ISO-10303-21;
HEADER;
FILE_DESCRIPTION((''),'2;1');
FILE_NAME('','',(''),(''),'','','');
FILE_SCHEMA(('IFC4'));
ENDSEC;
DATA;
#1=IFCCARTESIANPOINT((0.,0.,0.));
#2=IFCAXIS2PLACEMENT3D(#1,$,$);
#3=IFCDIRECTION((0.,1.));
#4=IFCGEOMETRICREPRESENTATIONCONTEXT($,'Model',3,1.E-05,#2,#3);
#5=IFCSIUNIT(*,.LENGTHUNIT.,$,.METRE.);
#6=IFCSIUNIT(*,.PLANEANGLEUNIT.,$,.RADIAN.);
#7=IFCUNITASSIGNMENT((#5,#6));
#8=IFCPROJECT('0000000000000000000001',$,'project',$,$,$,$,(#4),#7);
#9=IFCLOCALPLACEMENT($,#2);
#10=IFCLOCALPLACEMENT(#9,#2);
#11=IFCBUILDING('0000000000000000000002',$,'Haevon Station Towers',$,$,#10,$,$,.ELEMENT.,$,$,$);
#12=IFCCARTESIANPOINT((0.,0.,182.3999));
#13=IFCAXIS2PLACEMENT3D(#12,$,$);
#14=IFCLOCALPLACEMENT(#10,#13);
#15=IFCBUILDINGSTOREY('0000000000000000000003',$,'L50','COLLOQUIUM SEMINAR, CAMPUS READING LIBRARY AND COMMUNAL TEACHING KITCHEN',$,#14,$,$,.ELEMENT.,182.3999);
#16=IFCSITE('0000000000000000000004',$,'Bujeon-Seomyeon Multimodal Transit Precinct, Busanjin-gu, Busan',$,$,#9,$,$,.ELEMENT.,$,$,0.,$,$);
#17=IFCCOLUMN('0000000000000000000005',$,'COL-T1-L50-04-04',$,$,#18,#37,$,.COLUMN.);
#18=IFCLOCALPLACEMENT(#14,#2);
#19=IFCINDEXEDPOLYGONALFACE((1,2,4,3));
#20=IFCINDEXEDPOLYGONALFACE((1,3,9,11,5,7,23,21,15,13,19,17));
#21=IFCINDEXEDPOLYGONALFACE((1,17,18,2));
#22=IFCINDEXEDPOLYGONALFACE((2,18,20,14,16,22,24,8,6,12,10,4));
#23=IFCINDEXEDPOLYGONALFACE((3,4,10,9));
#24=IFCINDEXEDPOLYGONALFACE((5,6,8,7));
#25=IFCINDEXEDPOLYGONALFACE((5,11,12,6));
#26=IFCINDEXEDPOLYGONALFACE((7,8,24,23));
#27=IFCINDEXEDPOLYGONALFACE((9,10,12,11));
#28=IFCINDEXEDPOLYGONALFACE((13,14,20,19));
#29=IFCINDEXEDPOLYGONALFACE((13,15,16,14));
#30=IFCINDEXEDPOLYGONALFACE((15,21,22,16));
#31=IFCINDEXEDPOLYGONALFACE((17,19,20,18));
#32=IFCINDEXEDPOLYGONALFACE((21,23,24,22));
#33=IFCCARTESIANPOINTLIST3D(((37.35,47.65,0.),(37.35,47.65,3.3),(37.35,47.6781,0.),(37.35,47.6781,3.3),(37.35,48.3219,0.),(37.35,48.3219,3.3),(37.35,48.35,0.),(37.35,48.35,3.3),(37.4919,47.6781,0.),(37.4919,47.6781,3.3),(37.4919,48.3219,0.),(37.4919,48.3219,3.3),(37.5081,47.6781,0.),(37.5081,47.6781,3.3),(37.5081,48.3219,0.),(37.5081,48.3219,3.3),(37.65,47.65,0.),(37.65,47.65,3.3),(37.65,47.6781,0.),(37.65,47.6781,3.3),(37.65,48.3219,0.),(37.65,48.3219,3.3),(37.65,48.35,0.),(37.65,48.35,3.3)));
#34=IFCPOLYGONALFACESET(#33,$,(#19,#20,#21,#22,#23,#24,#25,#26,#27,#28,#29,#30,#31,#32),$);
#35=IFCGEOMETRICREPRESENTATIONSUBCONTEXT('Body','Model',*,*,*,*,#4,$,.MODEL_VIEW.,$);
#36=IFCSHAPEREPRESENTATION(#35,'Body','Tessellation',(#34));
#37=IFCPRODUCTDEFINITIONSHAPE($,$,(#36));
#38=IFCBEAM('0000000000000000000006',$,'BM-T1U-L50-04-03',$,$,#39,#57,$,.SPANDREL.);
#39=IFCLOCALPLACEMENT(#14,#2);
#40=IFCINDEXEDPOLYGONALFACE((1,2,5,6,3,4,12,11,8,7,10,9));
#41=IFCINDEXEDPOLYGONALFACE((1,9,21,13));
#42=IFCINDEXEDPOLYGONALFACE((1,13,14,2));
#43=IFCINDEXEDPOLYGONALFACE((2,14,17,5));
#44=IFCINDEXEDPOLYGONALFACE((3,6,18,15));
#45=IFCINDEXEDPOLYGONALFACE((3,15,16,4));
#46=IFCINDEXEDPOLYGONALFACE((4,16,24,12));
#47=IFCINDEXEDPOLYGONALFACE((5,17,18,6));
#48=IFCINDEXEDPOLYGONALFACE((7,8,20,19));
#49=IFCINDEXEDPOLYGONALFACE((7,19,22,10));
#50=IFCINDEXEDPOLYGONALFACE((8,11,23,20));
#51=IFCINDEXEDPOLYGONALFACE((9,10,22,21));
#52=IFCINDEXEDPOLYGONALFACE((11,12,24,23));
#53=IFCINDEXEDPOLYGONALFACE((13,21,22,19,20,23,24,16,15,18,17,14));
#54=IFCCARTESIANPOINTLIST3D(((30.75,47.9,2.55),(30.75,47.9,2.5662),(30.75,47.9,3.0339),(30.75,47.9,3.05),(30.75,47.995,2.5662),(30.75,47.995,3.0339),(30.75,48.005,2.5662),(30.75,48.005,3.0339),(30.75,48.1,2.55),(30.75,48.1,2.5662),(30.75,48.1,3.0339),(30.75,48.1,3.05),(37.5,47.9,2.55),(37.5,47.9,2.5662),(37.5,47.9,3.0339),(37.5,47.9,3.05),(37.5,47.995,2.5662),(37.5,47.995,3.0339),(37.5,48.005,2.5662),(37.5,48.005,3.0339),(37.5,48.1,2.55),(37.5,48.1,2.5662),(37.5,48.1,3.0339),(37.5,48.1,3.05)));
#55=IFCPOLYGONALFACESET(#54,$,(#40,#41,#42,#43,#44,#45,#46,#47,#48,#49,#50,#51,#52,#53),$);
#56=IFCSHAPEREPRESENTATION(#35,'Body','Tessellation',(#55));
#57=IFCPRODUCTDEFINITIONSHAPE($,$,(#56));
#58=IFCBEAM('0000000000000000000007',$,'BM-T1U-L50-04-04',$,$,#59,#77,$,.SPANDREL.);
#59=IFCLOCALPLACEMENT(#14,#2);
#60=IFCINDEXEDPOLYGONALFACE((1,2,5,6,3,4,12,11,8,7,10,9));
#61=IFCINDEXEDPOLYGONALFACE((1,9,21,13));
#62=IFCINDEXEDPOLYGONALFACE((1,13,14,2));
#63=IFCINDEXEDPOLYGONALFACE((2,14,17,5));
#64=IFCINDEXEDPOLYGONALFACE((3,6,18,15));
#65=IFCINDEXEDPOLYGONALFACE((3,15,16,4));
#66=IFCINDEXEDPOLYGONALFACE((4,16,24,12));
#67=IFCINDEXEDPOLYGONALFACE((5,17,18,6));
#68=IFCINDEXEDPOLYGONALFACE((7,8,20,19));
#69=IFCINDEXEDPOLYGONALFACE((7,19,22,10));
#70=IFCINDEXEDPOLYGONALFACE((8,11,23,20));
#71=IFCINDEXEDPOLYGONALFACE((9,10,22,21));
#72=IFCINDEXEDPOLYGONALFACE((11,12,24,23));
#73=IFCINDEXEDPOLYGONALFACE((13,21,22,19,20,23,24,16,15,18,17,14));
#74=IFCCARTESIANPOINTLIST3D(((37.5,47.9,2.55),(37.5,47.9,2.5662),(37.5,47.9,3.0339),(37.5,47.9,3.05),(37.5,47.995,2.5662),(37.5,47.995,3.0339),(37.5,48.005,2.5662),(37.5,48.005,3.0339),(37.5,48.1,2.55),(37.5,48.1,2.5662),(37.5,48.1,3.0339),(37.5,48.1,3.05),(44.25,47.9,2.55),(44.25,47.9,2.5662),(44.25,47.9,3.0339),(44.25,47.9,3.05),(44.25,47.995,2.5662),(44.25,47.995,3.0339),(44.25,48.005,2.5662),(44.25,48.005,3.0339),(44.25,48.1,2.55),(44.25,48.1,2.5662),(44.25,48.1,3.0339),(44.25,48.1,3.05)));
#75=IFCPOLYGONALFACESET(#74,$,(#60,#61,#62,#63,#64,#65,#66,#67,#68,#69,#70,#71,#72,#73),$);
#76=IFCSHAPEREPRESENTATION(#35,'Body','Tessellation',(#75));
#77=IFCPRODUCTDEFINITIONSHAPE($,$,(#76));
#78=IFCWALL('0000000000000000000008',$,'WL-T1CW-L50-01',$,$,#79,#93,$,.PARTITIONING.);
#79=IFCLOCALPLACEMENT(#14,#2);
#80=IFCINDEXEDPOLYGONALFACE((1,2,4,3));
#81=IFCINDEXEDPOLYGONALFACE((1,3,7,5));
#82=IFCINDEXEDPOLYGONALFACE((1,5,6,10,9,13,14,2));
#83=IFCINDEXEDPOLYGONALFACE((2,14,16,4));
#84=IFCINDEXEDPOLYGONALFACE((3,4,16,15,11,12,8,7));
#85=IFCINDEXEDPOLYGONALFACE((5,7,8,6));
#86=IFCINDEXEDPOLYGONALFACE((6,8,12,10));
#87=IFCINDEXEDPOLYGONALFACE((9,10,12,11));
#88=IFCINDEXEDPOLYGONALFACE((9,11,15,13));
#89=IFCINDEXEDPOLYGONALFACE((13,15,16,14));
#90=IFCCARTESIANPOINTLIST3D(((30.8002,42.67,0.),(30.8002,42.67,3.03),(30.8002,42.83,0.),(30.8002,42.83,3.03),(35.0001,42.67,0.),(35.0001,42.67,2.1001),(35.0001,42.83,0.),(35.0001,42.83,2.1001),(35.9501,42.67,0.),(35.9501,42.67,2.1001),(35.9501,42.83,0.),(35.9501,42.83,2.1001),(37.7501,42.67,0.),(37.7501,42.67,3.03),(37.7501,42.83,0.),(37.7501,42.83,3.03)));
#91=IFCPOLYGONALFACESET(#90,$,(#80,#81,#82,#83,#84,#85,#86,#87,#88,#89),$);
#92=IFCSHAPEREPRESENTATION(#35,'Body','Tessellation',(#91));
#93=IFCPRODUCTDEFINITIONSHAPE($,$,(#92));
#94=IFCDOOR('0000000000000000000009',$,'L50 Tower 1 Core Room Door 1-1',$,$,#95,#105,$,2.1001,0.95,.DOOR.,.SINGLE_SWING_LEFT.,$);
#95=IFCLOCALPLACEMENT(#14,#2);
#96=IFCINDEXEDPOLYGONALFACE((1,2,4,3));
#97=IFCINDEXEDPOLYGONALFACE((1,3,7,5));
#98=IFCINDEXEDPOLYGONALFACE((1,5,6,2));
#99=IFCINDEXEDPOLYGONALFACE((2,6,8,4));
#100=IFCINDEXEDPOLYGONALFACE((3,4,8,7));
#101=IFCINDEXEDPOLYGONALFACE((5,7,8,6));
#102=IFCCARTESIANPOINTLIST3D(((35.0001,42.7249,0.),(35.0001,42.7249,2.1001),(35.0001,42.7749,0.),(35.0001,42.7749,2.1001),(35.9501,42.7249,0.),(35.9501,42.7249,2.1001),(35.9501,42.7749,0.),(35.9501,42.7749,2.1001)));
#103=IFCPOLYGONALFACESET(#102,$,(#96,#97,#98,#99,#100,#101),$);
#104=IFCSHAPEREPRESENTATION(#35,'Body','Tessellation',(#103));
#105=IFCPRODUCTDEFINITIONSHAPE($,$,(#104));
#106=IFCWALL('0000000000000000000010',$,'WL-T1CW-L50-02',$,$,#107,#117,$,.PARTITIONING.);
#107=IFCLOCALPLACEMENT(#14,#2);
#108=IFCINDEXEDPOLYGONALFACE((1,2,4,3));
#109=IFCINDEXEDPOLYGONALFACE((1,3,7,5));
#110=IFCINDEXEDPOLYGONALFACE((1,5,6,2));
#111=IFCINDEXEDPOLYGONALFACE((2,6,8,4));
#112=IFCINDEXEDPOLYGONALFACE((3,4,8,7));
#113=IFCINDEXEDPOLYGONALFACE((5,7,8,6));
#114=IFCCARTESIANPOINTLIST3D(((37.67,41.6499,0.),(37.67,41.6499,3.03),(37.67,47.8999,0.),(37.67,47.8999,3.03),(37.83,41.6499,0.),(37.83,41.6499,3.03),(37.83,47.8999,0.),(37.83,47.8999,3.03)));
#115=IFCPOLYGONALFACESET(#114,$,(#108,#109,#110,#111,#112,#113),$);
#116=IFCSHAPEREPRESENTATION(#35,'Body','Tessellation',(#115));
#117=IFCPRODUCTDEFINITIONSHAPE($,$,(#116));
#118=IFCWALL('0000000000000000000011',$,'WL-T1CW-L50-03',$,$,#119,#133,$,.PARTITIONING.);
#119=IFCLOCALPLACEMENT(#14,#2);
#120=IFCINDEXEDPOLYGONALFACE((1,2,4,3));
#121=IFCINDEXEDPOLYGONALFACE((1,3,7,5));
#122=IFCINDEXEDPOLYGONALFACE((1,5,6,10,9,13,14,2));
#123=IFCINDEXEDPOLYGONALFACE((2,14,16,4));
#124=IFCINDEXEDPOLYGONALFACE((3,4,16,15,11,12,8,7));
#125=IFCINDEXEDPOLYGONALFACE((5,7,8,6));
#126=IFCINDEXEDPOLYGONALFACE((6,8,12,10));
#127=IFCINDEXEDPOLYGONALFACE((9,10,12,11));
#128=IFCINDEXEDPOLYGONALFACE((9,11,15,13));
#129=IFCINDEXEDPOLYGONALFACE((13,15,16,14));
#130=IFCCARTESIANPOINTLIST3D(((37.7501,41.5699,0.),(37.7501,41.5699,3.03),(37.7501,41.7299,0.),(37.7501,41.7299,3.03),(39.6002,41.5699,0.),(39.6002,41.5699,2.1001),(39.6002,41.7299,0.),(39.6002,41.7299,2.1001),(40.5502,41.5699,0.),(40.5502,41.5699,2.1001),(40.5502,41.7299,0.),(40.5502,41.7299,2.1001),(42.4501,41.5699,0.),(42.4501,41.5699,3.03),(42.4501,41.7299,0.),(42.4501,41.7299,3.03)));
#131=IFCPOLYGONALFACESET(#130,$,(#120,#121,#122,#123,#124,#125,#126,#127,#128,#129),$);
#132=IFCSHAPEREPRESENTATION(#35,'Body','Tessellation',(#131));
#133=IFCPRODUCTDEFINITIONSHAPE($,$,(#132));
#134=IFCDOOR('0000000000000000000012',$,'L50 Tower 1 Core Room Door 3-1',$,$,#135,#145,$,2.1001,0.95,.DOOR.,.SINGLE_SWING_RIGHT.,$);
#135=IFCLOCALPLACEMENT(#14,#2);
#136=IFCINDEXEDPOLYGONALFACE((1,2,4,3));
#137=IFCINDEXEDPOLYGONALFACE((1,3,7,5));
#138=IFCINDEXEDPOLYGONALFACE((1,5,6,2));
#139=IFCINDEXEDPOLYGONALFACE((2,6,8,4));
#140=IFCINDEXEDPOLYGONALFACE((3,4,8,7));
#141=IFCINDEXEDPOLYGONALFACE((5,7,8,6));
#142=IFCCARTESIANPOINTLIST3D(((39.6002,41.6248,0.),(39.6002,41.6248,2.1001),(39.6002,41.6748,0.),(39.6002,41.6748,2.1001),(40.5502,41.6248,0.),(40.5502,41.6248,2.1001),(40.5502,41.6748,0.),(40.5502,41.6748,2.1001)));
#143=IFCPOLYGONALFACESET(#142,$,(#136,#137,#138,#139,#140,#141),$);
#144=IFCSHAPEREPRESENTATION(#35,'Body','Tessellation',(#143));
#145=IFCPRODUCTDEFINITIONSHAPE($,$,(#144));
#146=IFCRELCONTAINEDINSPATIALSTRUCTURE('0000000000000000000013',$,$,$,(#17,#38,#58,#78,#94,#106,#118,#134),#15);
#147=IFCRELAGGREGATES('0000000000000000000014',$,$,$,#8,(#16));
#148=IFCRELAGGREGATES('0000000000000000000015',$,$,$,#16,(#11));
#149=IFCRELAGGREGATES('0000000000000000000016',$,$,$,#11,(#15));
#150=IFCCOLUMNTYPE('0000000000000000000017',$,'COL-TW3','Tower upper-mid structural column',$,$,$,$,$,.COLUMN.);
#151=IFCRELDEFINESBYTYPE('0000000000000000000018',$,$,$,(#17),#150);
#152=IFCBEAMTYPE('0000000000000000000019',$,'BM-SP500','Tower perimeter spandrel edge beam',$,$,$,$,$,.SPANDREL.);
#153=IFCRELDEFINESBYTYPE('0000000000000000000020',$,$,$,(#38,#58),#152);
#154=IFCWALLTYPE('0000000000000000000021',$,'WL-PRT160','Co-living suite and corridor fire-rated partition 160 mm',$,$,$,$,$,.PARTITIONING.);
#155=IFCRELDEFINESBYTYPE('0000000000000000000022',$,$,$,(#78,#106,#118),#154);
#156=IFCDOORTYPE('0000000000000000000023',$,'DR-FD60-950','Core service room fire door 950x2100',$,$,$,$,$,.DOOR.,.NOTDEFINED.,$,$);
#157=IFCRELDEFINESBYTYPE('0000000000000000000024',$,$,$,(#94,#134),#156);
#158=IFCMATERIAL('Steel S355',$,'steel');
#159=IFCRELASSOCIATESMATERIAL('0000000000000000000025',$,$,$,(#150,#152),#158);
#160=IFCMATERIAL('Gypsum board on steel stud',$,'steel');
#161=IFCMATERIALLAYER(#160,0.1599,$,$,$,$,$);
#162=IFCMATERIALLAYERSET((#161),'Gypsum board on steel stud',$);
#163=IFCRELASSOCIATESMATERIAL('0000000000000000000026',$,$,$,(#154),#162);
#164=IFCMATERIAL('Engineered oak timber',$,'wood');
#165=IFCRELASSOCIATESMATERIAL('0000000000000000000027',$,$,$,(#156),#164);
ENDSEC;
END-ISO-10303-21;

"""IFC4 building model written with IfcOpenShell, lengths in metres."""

from ifc_helpers import new_model, si_unit, direction, frame, frame_2d, origin, origin_2d, place, context, subcontext, project, spatial, rectangle, i_section, extrude, material, layer, layer_set, material_profile, profile_set, type_object, element, fill, save


model = new_model("IFC4")

# Units and contexts
model_context = context("Model", 3, precision=1e-05, world=origin(), true_north=direction((0.0, 1.0)))
body_context = subcontext(model_context, "Body", "Model", "MODEL_VIEW")
ifc_project = project(units=[si_unit("LENGTHUNIT", "METRE"), si_unit("PLANEANGLEUNIT", "RADIAN")], contexts=[model_context])

# Site, building, storey
site_placement = place(None, origin())
site = spatial("IfcSite", under=ifc_project, at=site_placement, Name="Bujeon-Seomyeon Multimodal Transit Precinct, Busanjin-gu, Busan", CompositionType="ELEMENT", RefElevation=0.0)
building_placement = place(site_placement, origin())
building = spatial("IfcBuilding", under=site, at=building_placement, Name="Haevon Station Towers", CompositionType="ELEMENT")
storey_placement = place(building_placement, frame((0.0, 0.0, 182.3999)))
storey = spatial("IfcBuildingStorey", under=building, at=storey_placement, Name="L50", Description="COLLOQUIUM SEMINAR, CAMPUS READING LIBRARY AND COMMUNAL TEACHING KITCHEN", CompositionType="ELEMENT", Elevation=182.3999)

# Column
ifc_material_1 = material(Name="Steel S355", Category="steel")
ifc_material_profile_1 = material_profile(ifc_material_1, i_section(OverallWidth=0.3, OverallDepth=0.7, WebThickness=0.0161, FlangeThickness=0.0281, at=origin_2d()), Name="H-700x300x16x28")
ifc_profile_set_1 = profile_set([ifc_material_profile_1], Name="Steel S355")
column_type = type_object("IfcColumnType", Name="COL-TW3", Description="Tower upper-mid structural column", PredefinedType="COLUMN", material=ifc_profile_set_1)
column_placement = place(storey_placement, frame((37.5, 48.0, 0.0), z_axis=(0.0, 0.0, 1.0), x_axis=(1.0, 0.0, 0.0)))
element("IfcColumn", 1, at=column_placement, inside=storey, type_object=column_type, Name="COL-T1-L50-04-04", PredefinedType="COLUMN", context=body_context, shape_type="SweptSolid", body=[
    extrude(i_section(OverallWidth=0.3, OverallDepth=0.7, WebThickness=0.0161, FlangeThickness=0.0281, at=origin_2d()), origin(), (0.0, 0.0, 1.0), 3.3),
])

# Beams
ifc_material_profile_2 = material_profile(ifc_material_1, i_section(OverallWidth=0.2, OverallDepth=0.5, WebThickness=0.01, FlangeThickness=0.0161, at=origin_2d()), Name="H-500x200x10x16")
ifc_profile_set_2 = profile_set([ifc_material_profile_2], Name="Steel S355")
beam_type = type_object("IfcBeamType", Name="BM-SP500", Description="Tower perimeter spandrel edge beam", PredefinedType="SPANDREL", material=ifc_profile_set_2)
for number, where, z_axis, x_axis, name in (
    (2, (30.75, 48.0, 2.8), (1.0, 0.0, 0.0), (0.0, 1.0, 0.0), "BM-T1U-L50-04-03"),
    (3, (37.5, 48.0, 2.8), (1.0, 0.0, 0.0), (0.0, 1.0, 0.0), "BM-T1U-L50-04-04"),
):
    element("IfcBeam", number, at=place(storey_placement, frame(where, z_axis=z_axis, x_axis=x_axis)), inside=storey, type_object=beam_type, Name=name, PredefinedType="SPANDREL", context=body_context, shape_type="SweptSolid", body=[
        extrude(i_section(OverallWidth=0.2, OverallDepth=0.5, WebThickness=0.01, FlangeThickness=0.0161, at=origin_2d()), origin(), (0.0, 0.0, 1.0), 6.75),
    ])

# Wall, opening, door
ifc_material_2 = material(Name="Gypsum board on steel stud", Category="steel")
ifc_layer_1 = layer(ifc_material_2, 0.1599)
ifc_layer_set_1 = layer_set([ifc_layer_1], Name="Gypsum board on steel stud")
wall_type_1 = type_object("IfcWallType", Name="WL-PRT160", Description="Co-living suite and corridor fire-rated partition 160 mm", PredefinedType="PARTITIONING", material=ifc_layer_set_1)
wall_1_placement = place(storey_placement, frame((30.8, 42.75, 0.0), z_axis=(0.0, 0.0, 1.0), x_axis=(1.0, 0.0, 0.0)))
wall_1 = element("IfcWall", 4, at=wall_1_placement, inside=storey, type_object=wall_type_1, Name="WL-T1CW-L50-01", PredefinedType="PARTITIONING", context=body_context, shape_type="SweptSolid", body=[
    extrude(rectangle(XDim=6.95, YDim=0.1599, at=frame_2d((3.4751, 0.0))), origin(), (0.0, 0.0, 1.0), 3.03),
])
opening_1_placement = place(wall_1_placement, frame((4.2, 0.0, 0.0)))
opening_1 = element("IfcOpeningElement", 5, at=opening_1_placement, cuts=wall_1, PredefinedType="OPENING", context=body_context, shape_type="SweptSolid", body=[
    extrude(rectangle(XDim=0.95, YDim=2.1001, at=frame_2d((0.4751, 1.05))), frame((0.0, 0.0898, 0.0), z_axis=(0.0, -1.0, 0.0), x_axis=(1.0, 0.0, 0.0)), (0.0, 0.0, 1.0), 0.1799),
])
ifc_material_3 = material(Name="Engineered oak timber", Category="wood")
door_type_1 = type_object("IfcDoorType", Name="DR-FD60-950", Description="Core service room fire door 950x2100", OperationType="NOTDEFINED", PredefinedType="DOOR", material=ifc_material_3)
door_1_placement = place(opening_1_placement, origin())
door_1 = element("IfcDoor", 6, at=door_1_placement, inside=storey, type_object=door_type_1, Name="L50 Tower 1 Core Room Door 1-1", OperationType="SINGLE_SWING_LEFT", OverallHeight=2.1001, OverallWidth=0.95, PredefinedType="DOOR", context=body_context, shape_type="SweptSolid", body=[
    extrude(rectangle(XDim=0.95, YDim=2.1001, at=frame_2d((0.4751, 1.05))), frame((0.0, 0.0249, 0.0), z_axis=(0.0, -1.0, 0.0), x_axis=(1.0, 0.0, 0.0)), (0.0, 0.0, 1.0), 0.05),
])
fill(opening_1, door_1)

# Wall
wall_2_placement = place(storey_placement, frame((37.75, 41.6499, 0.0), z_axis=(0.0, 0.0, 1.0), x_axis=(0.0, 1.0, 0.0)))
element("IfcWall", 7, at=wall_2_placement, inside=storey, type_object=wall_type_1, Name="WL-T1CW-L50-02", PredefinedType="PARTITIONING", context=body_context, shape_type="SweptSolid", body=[
    extrude(rectangle(XDim=6.25, YDim=0.1599, at=frame_2d((3.125, 0.0))), origin(), (0.0, 0.0, 1.0), 3.03),
])

# Wall, opening, door
wall_3_placement = place(storey_placement, frame((37.75, 41.6499, 0.0), z_axis=(0.0, 0.0, 1.0), x_axis=(1.0, 0.0, 0.0)))
wall_3 = element("IfcWall", 8, at=wall_3_placement, inside=storey, type_object=wall_type_1, Name="WL-T1CW-L50-03", PredefinedType="PARTITIONING", context=body_context, shape_type="SweptSolid", body=[
    extrude(rectangle(XDim=4.7, YDim=0.1599, at=frame_2d((2.3501, 0.0))), origin(), (0.0, 0.0, 1.0), 3.03),
])
opening_2_placement = place(wall_3_placement, frame((1.8501, 0.0, 0.0)))
opening_2 = element("IfcOpeningElement", 9, at=opening_2_placement, cuts=wall_3, PredefinedType="OPENING", context=body_context, shape_type="SweptSolid", body=[
    extrude(rectangle(XDim=0.95, YDim=2.1001, at=frame_2d((0.4751, 1.05))), frame((0.0, 0.0898, 0.0), z_axis=(0.0, -1.0, 0.0), x_axis=(1.0, 0.0, 0.0)), (0.0, 0.0, 1.0), 0.1799),
])
door_2_placement = place(opening_2_placement, origin())
door_2 = element("IfcDoor", 10, at=door_2_placement, inside=storey, type_object=door_type_1, Name="L50 Tower 1 Core Room Door 3-1", OperationType="SINGLE_SWING_RIGHT", OverallHeight=2.1001, OverallWidth=0.95, PredefinedType="DOOR", context=body_context, shape_type="SweptSolid", body=[
    extrude(rectangle(XDim=0.95, YDim=2.1001, at=frame_2d((0.4751, 1.05))), frame((0.0, 0.0249, 0.0), z_axis=(0.0, -1.0, 0.0), x_axis=(1.0, 0.0, 0.0)), (0.0, 0.0, 1.0), 0.05),
])
fill(opening_2, door_2)

save(model, "model.ifc")
